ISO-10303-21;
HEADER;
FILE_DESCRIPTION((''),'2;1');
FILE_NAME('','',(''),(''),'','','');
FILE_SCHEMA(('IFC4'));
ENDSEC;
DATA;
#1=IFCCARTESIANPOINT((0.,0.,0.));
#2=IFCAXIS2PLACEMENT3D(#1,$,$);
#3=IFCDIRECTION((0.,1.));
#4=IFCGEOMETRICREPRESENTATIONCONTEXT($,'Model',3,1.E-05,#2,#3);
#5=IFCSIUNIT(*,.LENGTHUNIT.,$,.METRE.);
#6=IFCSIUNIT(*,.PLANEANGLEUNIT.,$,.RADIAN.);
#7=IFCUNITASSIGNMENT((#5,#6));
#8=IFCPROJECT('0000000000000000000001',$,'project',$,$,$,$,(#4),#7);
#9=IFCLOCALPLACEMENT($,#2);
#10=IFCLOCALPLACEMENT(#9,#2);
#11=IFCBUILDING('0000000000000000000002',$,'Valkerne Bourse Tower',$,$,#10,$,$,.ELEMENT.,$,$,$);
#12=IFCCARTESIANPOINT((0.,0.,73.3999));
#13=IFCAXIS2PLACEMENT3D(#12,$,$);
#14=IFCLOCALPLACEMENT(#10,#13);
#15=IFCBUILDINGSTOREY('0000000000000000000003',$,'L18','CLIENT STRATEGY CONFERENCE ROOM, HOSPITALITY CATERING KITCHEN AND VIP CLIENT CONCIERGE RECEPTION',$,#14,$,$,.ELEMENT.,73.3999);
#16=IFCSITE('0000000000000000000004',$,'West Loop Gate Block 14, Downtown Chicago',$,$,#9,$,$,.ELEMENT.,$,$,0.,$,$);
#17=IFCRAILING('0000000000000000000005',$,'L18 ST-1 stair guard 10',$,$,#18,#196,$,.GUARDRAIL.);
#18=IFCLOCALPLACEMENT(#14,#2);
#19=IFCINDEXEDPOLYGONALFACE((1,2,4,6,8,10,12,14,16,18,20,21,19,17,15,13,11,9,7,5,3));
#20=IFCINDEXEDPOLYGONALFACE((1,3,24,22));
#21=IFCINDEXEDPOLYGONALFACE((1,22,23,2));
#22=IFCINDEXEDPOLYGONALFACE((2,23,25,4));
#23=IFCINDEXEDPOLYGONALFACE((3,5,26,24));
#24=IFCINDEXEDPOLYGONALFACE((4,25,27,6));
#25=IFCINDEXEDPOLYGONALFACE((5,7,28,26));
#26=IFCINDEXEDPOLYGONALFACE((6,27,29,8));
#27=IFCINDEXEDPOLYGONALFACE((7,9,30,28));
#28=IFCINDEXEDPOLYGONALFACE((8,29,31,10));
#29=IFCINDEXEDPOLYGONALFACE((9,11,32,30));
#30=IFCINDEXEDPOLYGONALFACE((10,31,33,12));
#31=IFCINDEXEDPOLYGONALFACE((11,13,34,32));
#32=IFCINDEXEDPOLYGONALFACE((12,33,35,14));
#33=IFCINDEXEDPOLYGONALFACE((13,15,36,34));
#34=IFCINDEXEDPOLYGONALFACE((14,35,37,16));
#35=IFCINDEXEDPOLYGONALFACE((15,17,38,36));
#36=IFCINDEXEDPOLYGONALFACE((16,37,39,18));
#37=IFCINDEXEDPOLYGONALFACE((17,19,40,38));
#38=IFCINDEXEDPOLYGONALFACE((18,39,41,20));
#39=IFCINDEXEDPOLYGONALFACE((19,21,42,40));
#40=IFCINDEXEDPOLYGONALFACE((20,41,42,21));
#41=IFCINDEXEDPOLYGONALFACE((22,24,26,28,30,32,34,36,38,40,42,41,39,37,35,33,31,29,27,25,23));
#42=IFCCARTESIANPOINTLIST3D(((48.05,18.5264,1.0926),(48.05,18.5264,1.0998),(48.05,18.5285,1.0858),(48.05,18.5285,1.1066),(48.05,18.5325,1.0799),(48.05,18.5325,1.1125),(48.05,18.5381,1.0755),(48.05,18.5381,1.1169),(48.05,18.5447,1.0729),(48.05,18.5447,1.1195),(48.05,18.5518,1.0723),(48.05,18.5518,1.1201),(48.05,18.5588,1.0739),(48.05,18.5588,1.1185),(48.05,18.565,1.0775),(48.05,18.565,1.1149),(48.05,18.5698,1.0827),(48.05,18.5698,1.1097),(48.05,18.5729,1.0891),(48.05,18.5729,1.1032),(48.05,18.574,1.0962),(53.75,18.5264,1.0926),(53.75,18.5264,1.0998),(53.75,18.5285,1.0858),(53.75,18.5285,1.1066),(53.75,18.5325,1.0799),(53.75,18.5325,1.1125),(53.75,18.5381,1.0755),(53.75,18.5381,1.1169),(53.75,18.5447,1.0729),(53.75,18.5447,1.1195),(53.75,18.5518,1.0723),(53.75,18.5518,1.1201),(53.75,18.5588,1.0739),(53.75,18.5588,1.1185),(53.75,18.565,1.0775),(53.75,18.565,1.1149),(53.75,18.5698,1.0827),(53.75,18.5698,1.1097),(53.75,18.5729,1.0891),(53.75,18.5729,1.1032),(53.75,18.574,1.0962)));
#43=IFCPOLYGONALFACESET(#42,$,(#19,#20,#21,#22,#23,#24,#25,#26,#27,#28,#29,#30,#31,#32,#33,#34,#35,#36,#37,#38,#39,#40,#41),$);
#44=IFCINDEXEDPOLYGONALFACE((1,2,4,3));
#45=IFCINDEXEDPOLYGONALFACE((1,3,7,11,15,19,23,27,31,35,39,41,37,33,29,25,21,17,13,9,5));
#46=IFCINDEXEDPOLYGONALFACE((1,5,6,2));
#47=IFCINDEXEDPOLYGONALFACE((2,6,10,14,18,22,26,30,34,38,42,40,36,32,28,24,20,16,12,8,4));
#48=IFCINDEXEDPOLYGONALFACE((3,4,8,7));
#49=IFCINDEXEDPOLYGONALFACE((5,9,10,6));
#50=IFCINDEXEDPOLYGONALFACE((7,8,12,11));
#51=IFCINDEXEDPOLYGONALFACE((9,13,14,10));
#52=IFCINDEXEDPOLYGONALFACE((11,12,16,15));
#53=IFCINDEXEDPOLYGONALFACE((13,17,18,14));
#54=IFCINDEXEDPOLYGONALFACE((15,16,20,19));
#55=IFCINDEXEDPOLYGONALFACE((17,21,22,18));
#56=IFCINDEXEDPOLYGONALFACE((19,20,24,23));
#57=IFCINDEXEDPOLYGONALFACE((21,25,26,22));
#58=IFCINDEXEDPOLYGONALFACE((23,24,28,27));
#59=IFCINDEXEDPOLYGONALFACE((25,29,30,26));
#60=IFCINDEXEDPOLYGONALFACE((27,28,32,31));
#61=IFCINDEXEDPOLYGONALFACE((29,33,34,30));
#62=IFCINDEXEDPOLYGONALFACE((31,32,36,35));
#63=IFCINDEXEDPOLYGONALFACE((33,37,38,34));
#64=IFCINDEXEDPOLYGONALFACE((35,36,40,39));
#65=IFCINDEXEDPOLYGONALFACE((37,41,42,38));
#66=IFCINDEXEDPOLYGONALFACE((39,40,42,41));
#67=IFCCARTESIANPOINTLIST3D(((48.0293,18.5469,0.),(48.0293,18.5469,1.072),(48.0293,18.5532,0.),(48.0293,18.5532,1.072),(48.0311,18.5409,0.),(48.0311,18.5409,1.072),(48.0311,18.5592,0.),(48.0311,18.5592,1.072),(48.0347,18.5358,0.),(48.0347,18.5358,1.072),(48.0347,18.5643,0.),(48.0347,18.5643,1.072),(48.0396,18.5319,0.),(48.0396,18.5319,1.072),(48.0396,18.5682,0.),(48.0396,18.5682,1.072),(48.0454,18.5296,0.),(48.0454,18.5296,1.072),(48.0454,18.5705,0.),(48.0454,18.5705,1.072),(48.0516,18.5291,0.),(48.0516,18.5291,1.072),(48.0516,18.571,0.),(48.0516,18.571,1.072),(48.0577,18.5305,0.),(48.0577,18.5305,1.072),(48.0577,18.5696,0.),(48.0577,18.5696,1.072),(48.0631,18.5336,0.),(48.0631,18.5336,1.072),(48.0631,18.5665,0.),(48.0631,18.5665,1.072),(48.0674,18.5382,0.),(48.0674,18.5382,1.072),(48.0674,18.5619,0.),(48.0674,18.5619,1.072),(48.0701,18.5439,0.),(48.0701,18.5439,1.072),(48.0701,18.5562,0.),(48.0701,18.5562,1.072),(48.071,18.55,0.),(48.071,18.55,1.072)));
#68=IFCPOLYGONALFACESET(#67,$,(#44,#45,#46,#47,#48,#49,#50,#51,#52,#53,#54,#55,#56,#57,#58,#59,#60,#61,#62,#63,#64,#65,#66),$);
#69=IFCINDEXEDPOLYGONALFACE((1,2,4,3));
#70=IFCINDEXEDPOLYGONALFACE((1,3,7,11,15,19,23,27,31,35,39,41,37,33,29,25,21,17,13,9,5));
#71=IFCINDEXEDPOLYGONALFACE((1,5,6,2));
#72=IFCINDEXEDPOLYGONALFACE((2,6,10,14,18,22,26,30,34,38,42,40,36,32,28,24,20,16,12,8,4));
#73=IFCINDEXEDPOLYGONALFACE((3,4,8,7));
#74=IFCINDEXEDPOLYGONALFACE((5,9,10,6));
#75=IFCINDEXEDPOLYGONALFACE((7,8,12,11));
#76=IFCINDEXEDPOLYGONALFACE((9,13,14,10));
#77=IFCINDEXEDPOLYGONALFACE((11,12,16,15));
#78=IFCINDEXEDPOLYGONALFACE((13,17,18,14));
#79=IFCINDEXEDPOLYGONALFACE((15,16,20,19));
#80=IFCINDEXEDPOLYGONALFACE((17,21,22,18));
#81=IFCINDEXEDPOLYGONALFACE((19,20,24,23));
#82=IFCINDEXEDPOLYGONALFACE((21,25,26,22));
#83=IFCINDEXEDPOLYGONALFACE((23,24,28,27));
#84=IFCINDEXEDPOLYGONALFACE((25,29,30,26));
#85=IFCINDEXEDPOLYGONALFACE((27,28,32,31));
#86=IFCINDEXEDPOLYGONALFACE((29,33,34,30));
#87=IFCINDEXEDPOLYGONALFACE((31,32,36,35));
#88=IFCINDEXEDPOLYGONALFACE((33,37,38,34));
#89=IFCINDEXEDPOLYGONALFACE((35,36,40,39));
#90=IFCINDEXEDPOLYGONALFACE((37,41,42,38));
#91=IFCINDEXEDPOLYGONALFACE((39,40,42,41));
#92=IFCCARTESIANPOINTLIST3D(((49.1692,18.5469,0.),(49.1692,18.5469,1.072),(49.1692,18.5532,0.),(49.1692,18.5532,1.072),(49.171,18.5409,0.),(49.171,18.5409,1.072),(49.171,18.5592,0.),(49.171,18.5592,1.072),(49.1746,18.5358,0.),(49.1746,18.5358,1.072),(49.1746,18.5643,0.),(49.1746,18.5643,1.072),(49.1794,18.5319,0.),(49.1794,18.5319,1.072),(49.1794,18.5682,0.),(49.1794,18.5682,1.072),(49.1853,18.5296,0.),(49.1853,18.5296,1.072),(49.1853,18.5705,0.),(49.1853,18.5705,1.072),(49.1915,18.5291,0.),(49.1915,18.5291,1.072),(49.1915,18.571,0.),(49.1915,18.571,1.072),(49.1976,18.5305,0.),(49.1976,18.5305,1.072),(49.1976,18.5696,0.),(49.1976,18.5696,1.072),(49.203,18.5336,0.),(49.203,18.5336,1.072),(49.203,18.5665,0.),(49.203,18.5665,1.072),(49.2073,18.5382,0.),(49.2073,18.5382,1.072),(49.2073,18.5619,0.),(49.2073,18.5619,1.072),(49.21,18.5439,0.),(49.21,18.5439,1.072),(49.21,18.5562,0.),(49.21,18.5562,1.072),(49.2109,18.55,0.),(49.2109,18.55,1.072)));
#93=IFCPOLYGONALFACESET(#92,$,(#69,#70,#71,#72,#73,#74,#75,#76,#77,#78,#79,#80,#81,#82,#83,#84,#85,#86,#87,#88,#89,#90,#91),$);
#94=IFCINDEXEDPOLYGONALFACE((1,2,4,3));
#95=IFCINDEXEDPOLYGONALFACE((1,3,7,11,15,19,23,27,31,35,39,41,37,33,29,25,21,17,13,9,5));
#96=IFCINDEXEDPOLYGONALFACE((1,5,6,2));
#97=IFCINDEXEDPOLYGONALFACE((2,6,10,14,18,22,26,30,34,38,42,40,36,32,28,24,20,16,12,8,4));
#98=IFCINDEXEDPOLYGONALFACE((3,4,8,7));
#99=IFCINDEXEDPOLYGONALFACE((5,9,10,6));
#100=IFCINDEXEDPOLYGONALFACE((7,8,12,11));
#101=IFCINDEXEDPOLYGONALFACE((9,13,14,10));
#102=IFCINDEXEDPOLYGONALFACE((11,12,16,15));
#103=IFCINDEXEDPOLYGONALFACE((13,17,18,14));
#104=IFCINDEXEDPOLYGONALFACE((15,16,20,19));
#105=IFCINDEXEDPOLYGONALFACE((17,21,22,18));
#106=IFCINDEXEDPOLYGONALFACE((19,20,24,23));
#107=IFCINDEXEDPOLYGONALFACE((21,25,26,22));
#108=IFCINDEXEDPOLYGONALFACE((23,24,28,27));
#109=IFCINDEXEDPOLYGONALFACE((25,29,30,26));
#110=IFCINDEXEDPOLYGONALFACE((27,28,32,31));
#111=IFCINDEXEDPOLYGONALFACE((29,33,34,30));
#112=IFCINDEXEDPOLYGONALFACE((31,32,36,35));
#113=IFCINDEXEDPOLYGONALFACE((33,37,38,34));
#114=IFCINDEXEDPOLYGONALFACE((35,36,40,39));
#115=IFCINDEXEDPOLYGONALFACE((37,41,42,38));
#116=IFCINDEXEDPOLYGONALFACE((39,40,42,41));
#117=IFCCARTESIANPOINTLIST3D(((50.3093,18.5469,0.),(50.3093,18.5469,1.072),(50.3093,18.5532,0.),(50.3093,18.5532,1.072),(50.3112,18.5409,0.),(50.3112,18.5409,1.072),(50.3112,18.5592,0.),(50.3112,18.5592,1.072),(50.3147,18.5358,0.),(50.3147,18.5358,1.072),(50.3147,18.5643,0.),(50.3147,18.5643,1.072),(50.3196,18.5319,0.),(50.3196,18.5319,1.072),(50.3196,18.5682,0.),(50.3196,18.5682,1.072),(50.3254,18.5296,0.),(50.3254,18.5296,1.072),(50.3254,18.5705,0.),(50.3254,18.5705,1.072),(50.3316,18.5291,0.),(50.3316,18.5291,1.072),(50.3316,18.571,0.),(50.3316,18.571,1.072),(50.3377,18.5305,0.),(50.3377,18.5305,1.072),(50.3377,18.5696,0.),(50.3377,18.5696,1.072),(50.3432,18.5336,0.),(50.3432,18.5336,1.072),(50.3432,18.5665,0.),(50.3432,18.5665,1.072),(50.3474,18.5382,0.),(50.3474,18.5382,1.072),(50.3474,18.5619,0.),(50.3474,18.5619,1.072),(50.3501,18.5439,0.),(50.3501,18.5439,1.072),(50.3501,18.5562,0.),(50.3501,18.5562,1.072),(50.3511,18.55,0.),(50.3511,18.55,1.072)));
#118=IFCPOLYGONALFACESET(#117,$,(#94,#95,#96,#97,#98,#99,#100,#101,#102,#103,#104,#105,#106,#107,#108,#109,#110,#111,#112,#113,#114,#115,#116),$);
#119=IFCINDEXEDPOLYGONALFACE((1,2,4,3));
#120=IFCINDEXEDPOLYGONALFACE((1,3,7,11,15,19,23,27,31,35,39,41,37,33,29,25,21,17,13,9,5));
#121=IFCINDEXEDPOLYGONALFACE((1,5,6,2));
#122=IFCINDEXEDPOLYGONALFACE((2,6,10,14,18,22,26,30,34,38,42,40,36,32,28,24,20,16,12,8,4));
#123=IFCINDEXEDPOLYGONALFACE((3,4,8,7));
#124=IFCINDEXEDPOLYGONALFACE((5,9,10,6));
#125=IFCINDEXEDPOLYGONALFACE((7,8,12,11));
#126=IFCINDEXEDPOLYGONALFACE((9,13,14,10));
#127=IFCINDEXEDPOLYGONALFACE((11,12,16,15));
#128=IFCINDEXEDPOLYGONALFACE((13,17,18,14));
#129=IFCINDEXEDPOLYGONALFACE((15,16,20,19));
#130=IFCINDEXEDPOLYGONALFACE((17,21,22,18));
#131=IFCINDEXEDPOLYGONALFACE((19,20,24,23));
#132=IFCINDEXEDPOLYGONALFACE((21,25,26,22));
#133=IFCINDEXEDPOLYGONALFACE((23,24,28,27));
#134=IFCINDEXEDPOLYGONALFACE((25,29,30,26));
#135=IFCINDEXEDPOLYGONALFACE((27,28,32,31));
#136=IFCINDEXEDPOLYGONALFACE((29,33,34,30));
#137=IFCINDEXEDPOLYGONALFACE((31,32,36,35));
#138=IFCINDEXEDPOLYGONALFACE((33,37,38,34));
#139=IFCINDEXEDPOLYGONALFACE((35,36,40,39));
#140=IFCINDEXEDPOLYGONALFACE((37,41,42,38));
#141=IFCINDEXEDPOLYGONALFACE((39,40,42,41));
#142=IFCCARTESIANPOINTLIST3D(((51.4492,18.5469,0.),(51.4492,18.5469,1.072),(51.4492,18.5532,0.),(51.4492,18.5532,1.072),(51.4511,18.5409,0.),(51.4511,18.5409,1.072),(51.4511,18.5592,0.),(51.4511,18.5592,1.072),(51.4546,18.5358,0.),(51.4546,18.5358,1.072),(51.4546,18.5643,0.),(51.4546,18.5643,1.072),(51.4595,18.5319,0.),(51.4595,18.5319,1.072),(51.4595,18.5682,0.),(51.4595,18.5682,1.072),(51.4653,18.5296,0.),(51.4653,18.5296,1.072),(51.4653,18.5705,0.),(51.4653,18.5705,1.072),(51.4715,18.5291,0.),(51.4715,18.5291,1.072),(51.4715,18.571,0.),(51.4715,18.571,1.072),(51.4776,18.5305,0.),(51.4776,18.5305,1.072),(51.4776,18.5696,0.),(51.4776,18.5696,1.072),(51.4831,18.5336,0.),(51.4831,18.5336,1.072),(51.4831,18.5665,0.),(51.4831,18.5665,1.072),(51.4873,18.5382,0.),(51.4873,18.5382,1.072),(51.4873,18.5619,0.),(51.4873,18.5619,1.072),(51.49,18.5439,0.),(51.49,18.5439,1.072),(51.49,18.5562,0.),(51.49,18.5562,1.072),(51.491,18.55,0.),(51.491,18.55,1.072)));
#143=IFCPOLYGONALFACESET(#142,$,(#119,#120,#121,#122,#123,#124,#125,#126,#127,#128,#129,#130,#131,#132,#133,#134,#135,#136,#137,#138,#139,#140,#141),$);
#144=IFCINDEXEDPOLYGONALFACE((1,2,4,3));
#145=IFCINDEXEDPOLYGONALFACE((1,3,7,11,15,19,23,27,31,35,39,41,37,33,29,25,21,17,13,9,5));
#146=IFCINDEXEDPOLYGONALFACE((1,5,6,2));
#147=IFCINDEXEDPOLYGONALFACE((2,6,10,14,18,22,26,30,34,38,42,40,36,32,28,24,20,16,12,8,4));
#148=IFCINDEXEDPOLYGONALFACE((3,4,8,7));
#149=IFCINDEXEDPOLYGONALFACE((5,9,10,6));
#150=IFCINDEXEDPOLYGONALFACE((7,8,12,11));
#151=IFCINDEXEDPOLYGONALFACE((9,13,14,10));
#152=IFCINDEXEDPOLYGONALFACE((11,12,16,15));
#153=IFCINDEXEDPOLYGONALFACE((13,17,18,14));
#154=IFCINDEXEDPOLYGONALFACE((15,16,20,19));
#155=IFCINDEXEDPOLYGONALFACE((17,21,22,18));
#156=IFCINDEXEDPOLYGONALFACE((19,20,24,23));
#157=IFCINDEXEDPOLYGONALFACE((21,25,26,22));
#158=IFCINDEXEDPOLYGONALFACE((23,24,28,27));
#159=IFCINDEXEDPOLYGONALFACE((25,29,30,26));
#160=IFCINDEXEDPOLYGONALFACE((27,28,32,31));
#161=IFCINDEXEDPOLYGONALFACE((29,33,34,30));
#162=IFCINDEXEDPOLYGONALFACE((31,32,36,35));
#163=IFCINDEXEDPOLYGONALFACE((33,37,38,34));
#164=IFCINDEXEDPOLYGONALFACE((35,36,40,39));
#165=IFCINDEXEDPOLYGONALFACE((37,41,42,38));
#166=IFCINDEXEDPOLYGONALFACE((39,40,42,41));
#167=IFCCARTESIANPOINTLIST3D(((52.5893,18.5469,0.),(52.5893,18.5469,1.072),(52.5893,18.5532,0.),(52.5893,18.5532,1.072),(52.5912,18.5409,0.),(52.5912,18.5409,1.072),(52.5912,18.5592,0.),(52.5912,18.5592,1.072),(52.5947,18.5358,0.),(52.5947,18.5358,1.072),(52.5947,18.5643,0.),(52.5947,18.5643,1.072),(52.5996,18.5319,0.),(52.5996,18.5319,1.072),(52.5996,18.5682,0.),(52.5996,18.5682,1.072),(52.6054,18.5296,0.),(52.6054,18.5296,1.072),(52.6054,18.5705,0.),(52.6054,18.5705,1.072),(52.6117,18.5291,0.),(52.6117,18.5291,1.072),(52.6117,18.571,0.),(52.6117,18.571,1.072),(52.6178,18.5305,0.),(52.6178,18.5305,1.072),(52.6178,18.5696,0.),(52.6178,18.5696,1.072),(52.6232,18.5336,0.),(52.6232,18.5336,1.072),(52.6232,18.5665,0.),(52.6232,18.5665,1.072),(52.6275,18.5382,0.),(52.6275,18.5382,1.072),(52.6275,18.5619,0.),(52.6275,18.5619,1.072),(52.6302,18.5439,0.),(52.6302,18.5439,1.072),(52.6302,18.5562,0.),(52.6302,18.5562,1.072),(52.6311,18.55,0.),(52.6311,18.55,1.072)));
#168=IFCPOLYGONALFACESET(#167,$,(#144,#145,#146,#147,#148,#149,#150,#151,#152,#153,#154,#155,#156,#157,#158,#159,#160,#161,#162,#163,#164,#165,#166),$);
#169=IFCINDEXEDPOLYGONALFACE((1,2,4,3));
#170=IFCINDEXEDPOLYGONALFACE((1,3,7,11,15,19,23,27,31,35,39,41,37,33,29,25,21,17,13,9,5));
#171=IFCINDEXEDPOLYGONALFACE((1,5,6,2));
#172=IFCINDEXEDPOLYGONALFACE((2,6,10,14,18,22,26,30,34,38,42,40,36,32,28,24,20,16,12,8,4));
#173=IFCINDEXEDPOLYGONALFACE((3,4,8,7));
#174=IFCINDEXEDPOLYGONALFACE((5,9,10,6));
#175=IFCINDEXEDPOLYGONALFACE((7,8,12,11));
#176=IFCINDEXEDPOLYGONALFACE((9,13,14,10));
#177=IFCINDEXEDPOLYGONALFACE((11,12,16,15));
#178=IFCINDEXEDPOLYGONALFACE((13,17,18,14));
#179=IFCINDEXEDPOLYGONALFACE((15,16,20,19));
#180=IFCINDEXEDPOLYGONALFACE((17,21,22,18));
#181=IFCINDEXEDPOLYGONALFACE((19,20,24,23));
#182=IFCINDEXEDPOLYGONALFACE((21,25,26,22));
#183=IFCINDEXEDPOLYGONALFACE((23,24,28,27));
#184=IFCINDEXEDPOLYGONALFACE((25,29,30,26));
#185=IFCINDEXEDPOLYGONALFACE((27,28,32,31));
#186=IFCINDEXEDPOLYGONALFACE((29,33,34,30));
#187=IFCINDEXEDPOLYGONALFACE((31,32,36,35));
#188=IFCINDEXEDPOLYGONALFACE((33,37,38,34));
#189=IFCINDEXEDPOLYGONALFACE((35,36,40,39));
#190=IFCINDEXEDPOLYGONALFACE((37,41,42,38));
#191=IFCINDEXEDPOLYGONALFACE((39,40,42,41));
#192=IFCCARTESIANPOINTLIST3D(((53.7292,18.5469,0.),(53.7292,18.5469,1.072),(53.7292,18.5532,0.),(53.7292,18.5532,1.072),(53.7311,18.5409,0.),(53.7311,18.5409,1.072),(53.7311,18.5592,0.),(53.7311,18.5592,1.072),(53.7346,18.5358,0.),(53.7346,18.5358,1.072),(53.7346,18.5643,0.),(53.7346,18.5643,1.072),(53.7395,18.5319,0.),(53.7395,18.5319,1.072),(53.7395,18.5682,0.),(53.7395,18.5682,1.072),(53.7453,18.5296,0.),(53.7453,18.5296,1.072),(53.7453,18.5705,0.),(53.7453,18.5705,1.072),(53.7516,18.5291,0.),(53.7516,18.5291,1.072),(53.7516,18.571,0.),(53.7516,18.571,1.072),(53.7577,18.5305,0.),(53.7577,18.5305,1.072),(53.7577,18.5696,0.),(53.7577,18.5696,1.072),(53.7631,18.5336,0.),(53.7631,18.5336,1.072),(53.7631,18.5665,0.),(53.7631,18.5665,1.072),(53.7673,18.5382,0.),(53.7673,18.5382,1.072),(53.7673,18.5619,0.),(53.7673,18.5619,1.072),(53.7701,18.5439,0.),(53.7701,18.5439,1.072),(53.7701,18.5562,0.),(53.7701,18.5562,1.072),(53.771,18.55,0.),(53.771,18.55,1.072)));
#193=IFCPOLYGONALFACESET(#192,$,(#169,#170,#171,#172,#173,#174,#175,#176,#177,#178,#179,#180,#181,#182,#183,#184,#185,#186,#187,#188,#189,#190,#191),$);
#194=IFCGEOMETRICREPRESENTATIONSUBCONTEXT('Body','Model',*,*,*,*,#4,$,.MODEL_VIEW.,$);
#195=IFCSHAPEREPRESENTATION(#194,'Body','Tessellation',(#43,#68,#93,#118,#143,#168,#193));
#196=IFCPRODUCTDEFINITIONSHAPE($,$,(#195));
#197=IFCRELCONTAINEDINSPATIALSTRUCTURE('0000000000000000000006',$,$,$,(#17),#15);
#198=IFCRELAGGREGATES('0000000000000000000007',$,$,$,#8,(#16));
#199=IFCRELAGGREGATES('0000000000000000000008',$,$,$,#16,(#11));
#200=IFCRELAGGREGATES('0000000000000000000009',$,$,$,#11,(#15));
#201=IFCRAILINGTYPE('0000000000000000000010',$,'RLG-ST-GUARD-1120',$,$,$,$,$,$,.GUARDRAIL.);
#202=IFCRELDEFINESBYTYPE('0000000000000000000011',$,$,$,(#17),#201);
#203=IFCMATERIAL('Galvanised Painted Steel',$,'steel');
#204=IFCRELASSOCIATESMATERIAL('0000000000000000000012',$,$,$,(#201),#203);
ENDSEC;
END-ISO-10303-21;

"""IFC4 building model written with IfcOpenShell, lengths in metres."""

from ifc_helpers import new_model, si_unit, direction, frame, origin, origin_2d, place, context, subcontext, project, spatial, circle, extrude, material, type_object, element, save


model = new_model("IFC4")

# Units and contexts
model_context = context("Model", 3, precision=1e-05, world=origin(), true_north=direction((0.0, 1.0)))
body_context = subcontext(model_context, "Body", "Model", "MODEL_VIEW")
ifc_project = project(units=[si_unit("LENGTHUNIT", "METRE"), si_unit("PLANEANGLEUNIT", "RADIAN")], contexts=[model_context])

# Site, building, storey
site_placement = place(None, origin())
site = spatial("IfcSite", under=ifc_project, at=site_placement, Name="West Loop Gate Block 14, Downtown Chicago", CompositionType="ELEMENT", RefElevation=0.0)
building_placement = place(site_placement, origin())
building = spatial("IfcBuilding", under=site, at=building_placement, Name="Valkerne Bourse Tower", CompositionType="ELEMENT")
storey_placement = place(building_placement, frame((0.0, 0.0, 73.3999)))
storey = spatial("IfcBuildingStorey", under=building, at=storey_placement, Name="L18", Description="CLIENT STRATEGY CONFERENCE ROOM, HOSPITALITY CATERING KITCHEN AND VIP CLIENT CONCIERGE RECEPTION", CompositionType="ELEMENT", Elevation=73.3999)

# Shared definitions
ifc_material_1 = material(Name="Galvanised Painted Steel", Category="steel")

# Railing
railing_type = type_object("IfcRailingType", Name="RLG-ST-GUARD-1120", PredefinedType="GUARDRAIL", material=ifc_material_1)
railing_placement = place(storey_placement, frame((48.05, 18.55, 0.0)))
element("IfcRailing", 1, at=railing_placement, inside=storey, type_object=railing_type, Name="L18 ST-1 stair guard 10", PredefinedType="GUARDRAIL", context=body_context, shape_type="SweptSolid", body=[
    extrude(circle(Radius=0.0239, at=origin_2d()), frame((0.0, 0.0, 1.0962), z_axis=(1.0, 0.0, 0.0), x_axis=(0.0, 1.0, 0.0)), (0.0, 0.0, 1.0), 5.7),
    extrude(circle(Radius=0.021, at=origin_2d()), origin(), (0.0, 0.0, 1.0), 1.072),
    extrude(circle(Radius=0.021, at=origin_2d()), frame((1.1399, 0.0, 0.0)), (0.0, 0.0, 1.0), 1.072),
    extrude(circle(Radius=0.021, at=origin_2d()), frame((2.28, 0.0, 0.0)), (0.0, 0.0, 1.0), 1.072),
    extrude(circle(Radius=0.021, at=origin_2d()), frame((3.4199, 0.0, 0.0)), (0.0, 0.0, 1.0), 1.072),
    extrude(circle(Radius=0.021, at=origin_2d()), frame((4.5601, 0.0, 0.0)), (0.0, 0.0, 1.0), 1.072),
    extrude(circle(Radius=0.021, at=origin_2d()), frame((5.7, 0.0, 0.0)), (0.0, 0.0, 1.0), 1.072),
])

save(model, "model.ifc")
